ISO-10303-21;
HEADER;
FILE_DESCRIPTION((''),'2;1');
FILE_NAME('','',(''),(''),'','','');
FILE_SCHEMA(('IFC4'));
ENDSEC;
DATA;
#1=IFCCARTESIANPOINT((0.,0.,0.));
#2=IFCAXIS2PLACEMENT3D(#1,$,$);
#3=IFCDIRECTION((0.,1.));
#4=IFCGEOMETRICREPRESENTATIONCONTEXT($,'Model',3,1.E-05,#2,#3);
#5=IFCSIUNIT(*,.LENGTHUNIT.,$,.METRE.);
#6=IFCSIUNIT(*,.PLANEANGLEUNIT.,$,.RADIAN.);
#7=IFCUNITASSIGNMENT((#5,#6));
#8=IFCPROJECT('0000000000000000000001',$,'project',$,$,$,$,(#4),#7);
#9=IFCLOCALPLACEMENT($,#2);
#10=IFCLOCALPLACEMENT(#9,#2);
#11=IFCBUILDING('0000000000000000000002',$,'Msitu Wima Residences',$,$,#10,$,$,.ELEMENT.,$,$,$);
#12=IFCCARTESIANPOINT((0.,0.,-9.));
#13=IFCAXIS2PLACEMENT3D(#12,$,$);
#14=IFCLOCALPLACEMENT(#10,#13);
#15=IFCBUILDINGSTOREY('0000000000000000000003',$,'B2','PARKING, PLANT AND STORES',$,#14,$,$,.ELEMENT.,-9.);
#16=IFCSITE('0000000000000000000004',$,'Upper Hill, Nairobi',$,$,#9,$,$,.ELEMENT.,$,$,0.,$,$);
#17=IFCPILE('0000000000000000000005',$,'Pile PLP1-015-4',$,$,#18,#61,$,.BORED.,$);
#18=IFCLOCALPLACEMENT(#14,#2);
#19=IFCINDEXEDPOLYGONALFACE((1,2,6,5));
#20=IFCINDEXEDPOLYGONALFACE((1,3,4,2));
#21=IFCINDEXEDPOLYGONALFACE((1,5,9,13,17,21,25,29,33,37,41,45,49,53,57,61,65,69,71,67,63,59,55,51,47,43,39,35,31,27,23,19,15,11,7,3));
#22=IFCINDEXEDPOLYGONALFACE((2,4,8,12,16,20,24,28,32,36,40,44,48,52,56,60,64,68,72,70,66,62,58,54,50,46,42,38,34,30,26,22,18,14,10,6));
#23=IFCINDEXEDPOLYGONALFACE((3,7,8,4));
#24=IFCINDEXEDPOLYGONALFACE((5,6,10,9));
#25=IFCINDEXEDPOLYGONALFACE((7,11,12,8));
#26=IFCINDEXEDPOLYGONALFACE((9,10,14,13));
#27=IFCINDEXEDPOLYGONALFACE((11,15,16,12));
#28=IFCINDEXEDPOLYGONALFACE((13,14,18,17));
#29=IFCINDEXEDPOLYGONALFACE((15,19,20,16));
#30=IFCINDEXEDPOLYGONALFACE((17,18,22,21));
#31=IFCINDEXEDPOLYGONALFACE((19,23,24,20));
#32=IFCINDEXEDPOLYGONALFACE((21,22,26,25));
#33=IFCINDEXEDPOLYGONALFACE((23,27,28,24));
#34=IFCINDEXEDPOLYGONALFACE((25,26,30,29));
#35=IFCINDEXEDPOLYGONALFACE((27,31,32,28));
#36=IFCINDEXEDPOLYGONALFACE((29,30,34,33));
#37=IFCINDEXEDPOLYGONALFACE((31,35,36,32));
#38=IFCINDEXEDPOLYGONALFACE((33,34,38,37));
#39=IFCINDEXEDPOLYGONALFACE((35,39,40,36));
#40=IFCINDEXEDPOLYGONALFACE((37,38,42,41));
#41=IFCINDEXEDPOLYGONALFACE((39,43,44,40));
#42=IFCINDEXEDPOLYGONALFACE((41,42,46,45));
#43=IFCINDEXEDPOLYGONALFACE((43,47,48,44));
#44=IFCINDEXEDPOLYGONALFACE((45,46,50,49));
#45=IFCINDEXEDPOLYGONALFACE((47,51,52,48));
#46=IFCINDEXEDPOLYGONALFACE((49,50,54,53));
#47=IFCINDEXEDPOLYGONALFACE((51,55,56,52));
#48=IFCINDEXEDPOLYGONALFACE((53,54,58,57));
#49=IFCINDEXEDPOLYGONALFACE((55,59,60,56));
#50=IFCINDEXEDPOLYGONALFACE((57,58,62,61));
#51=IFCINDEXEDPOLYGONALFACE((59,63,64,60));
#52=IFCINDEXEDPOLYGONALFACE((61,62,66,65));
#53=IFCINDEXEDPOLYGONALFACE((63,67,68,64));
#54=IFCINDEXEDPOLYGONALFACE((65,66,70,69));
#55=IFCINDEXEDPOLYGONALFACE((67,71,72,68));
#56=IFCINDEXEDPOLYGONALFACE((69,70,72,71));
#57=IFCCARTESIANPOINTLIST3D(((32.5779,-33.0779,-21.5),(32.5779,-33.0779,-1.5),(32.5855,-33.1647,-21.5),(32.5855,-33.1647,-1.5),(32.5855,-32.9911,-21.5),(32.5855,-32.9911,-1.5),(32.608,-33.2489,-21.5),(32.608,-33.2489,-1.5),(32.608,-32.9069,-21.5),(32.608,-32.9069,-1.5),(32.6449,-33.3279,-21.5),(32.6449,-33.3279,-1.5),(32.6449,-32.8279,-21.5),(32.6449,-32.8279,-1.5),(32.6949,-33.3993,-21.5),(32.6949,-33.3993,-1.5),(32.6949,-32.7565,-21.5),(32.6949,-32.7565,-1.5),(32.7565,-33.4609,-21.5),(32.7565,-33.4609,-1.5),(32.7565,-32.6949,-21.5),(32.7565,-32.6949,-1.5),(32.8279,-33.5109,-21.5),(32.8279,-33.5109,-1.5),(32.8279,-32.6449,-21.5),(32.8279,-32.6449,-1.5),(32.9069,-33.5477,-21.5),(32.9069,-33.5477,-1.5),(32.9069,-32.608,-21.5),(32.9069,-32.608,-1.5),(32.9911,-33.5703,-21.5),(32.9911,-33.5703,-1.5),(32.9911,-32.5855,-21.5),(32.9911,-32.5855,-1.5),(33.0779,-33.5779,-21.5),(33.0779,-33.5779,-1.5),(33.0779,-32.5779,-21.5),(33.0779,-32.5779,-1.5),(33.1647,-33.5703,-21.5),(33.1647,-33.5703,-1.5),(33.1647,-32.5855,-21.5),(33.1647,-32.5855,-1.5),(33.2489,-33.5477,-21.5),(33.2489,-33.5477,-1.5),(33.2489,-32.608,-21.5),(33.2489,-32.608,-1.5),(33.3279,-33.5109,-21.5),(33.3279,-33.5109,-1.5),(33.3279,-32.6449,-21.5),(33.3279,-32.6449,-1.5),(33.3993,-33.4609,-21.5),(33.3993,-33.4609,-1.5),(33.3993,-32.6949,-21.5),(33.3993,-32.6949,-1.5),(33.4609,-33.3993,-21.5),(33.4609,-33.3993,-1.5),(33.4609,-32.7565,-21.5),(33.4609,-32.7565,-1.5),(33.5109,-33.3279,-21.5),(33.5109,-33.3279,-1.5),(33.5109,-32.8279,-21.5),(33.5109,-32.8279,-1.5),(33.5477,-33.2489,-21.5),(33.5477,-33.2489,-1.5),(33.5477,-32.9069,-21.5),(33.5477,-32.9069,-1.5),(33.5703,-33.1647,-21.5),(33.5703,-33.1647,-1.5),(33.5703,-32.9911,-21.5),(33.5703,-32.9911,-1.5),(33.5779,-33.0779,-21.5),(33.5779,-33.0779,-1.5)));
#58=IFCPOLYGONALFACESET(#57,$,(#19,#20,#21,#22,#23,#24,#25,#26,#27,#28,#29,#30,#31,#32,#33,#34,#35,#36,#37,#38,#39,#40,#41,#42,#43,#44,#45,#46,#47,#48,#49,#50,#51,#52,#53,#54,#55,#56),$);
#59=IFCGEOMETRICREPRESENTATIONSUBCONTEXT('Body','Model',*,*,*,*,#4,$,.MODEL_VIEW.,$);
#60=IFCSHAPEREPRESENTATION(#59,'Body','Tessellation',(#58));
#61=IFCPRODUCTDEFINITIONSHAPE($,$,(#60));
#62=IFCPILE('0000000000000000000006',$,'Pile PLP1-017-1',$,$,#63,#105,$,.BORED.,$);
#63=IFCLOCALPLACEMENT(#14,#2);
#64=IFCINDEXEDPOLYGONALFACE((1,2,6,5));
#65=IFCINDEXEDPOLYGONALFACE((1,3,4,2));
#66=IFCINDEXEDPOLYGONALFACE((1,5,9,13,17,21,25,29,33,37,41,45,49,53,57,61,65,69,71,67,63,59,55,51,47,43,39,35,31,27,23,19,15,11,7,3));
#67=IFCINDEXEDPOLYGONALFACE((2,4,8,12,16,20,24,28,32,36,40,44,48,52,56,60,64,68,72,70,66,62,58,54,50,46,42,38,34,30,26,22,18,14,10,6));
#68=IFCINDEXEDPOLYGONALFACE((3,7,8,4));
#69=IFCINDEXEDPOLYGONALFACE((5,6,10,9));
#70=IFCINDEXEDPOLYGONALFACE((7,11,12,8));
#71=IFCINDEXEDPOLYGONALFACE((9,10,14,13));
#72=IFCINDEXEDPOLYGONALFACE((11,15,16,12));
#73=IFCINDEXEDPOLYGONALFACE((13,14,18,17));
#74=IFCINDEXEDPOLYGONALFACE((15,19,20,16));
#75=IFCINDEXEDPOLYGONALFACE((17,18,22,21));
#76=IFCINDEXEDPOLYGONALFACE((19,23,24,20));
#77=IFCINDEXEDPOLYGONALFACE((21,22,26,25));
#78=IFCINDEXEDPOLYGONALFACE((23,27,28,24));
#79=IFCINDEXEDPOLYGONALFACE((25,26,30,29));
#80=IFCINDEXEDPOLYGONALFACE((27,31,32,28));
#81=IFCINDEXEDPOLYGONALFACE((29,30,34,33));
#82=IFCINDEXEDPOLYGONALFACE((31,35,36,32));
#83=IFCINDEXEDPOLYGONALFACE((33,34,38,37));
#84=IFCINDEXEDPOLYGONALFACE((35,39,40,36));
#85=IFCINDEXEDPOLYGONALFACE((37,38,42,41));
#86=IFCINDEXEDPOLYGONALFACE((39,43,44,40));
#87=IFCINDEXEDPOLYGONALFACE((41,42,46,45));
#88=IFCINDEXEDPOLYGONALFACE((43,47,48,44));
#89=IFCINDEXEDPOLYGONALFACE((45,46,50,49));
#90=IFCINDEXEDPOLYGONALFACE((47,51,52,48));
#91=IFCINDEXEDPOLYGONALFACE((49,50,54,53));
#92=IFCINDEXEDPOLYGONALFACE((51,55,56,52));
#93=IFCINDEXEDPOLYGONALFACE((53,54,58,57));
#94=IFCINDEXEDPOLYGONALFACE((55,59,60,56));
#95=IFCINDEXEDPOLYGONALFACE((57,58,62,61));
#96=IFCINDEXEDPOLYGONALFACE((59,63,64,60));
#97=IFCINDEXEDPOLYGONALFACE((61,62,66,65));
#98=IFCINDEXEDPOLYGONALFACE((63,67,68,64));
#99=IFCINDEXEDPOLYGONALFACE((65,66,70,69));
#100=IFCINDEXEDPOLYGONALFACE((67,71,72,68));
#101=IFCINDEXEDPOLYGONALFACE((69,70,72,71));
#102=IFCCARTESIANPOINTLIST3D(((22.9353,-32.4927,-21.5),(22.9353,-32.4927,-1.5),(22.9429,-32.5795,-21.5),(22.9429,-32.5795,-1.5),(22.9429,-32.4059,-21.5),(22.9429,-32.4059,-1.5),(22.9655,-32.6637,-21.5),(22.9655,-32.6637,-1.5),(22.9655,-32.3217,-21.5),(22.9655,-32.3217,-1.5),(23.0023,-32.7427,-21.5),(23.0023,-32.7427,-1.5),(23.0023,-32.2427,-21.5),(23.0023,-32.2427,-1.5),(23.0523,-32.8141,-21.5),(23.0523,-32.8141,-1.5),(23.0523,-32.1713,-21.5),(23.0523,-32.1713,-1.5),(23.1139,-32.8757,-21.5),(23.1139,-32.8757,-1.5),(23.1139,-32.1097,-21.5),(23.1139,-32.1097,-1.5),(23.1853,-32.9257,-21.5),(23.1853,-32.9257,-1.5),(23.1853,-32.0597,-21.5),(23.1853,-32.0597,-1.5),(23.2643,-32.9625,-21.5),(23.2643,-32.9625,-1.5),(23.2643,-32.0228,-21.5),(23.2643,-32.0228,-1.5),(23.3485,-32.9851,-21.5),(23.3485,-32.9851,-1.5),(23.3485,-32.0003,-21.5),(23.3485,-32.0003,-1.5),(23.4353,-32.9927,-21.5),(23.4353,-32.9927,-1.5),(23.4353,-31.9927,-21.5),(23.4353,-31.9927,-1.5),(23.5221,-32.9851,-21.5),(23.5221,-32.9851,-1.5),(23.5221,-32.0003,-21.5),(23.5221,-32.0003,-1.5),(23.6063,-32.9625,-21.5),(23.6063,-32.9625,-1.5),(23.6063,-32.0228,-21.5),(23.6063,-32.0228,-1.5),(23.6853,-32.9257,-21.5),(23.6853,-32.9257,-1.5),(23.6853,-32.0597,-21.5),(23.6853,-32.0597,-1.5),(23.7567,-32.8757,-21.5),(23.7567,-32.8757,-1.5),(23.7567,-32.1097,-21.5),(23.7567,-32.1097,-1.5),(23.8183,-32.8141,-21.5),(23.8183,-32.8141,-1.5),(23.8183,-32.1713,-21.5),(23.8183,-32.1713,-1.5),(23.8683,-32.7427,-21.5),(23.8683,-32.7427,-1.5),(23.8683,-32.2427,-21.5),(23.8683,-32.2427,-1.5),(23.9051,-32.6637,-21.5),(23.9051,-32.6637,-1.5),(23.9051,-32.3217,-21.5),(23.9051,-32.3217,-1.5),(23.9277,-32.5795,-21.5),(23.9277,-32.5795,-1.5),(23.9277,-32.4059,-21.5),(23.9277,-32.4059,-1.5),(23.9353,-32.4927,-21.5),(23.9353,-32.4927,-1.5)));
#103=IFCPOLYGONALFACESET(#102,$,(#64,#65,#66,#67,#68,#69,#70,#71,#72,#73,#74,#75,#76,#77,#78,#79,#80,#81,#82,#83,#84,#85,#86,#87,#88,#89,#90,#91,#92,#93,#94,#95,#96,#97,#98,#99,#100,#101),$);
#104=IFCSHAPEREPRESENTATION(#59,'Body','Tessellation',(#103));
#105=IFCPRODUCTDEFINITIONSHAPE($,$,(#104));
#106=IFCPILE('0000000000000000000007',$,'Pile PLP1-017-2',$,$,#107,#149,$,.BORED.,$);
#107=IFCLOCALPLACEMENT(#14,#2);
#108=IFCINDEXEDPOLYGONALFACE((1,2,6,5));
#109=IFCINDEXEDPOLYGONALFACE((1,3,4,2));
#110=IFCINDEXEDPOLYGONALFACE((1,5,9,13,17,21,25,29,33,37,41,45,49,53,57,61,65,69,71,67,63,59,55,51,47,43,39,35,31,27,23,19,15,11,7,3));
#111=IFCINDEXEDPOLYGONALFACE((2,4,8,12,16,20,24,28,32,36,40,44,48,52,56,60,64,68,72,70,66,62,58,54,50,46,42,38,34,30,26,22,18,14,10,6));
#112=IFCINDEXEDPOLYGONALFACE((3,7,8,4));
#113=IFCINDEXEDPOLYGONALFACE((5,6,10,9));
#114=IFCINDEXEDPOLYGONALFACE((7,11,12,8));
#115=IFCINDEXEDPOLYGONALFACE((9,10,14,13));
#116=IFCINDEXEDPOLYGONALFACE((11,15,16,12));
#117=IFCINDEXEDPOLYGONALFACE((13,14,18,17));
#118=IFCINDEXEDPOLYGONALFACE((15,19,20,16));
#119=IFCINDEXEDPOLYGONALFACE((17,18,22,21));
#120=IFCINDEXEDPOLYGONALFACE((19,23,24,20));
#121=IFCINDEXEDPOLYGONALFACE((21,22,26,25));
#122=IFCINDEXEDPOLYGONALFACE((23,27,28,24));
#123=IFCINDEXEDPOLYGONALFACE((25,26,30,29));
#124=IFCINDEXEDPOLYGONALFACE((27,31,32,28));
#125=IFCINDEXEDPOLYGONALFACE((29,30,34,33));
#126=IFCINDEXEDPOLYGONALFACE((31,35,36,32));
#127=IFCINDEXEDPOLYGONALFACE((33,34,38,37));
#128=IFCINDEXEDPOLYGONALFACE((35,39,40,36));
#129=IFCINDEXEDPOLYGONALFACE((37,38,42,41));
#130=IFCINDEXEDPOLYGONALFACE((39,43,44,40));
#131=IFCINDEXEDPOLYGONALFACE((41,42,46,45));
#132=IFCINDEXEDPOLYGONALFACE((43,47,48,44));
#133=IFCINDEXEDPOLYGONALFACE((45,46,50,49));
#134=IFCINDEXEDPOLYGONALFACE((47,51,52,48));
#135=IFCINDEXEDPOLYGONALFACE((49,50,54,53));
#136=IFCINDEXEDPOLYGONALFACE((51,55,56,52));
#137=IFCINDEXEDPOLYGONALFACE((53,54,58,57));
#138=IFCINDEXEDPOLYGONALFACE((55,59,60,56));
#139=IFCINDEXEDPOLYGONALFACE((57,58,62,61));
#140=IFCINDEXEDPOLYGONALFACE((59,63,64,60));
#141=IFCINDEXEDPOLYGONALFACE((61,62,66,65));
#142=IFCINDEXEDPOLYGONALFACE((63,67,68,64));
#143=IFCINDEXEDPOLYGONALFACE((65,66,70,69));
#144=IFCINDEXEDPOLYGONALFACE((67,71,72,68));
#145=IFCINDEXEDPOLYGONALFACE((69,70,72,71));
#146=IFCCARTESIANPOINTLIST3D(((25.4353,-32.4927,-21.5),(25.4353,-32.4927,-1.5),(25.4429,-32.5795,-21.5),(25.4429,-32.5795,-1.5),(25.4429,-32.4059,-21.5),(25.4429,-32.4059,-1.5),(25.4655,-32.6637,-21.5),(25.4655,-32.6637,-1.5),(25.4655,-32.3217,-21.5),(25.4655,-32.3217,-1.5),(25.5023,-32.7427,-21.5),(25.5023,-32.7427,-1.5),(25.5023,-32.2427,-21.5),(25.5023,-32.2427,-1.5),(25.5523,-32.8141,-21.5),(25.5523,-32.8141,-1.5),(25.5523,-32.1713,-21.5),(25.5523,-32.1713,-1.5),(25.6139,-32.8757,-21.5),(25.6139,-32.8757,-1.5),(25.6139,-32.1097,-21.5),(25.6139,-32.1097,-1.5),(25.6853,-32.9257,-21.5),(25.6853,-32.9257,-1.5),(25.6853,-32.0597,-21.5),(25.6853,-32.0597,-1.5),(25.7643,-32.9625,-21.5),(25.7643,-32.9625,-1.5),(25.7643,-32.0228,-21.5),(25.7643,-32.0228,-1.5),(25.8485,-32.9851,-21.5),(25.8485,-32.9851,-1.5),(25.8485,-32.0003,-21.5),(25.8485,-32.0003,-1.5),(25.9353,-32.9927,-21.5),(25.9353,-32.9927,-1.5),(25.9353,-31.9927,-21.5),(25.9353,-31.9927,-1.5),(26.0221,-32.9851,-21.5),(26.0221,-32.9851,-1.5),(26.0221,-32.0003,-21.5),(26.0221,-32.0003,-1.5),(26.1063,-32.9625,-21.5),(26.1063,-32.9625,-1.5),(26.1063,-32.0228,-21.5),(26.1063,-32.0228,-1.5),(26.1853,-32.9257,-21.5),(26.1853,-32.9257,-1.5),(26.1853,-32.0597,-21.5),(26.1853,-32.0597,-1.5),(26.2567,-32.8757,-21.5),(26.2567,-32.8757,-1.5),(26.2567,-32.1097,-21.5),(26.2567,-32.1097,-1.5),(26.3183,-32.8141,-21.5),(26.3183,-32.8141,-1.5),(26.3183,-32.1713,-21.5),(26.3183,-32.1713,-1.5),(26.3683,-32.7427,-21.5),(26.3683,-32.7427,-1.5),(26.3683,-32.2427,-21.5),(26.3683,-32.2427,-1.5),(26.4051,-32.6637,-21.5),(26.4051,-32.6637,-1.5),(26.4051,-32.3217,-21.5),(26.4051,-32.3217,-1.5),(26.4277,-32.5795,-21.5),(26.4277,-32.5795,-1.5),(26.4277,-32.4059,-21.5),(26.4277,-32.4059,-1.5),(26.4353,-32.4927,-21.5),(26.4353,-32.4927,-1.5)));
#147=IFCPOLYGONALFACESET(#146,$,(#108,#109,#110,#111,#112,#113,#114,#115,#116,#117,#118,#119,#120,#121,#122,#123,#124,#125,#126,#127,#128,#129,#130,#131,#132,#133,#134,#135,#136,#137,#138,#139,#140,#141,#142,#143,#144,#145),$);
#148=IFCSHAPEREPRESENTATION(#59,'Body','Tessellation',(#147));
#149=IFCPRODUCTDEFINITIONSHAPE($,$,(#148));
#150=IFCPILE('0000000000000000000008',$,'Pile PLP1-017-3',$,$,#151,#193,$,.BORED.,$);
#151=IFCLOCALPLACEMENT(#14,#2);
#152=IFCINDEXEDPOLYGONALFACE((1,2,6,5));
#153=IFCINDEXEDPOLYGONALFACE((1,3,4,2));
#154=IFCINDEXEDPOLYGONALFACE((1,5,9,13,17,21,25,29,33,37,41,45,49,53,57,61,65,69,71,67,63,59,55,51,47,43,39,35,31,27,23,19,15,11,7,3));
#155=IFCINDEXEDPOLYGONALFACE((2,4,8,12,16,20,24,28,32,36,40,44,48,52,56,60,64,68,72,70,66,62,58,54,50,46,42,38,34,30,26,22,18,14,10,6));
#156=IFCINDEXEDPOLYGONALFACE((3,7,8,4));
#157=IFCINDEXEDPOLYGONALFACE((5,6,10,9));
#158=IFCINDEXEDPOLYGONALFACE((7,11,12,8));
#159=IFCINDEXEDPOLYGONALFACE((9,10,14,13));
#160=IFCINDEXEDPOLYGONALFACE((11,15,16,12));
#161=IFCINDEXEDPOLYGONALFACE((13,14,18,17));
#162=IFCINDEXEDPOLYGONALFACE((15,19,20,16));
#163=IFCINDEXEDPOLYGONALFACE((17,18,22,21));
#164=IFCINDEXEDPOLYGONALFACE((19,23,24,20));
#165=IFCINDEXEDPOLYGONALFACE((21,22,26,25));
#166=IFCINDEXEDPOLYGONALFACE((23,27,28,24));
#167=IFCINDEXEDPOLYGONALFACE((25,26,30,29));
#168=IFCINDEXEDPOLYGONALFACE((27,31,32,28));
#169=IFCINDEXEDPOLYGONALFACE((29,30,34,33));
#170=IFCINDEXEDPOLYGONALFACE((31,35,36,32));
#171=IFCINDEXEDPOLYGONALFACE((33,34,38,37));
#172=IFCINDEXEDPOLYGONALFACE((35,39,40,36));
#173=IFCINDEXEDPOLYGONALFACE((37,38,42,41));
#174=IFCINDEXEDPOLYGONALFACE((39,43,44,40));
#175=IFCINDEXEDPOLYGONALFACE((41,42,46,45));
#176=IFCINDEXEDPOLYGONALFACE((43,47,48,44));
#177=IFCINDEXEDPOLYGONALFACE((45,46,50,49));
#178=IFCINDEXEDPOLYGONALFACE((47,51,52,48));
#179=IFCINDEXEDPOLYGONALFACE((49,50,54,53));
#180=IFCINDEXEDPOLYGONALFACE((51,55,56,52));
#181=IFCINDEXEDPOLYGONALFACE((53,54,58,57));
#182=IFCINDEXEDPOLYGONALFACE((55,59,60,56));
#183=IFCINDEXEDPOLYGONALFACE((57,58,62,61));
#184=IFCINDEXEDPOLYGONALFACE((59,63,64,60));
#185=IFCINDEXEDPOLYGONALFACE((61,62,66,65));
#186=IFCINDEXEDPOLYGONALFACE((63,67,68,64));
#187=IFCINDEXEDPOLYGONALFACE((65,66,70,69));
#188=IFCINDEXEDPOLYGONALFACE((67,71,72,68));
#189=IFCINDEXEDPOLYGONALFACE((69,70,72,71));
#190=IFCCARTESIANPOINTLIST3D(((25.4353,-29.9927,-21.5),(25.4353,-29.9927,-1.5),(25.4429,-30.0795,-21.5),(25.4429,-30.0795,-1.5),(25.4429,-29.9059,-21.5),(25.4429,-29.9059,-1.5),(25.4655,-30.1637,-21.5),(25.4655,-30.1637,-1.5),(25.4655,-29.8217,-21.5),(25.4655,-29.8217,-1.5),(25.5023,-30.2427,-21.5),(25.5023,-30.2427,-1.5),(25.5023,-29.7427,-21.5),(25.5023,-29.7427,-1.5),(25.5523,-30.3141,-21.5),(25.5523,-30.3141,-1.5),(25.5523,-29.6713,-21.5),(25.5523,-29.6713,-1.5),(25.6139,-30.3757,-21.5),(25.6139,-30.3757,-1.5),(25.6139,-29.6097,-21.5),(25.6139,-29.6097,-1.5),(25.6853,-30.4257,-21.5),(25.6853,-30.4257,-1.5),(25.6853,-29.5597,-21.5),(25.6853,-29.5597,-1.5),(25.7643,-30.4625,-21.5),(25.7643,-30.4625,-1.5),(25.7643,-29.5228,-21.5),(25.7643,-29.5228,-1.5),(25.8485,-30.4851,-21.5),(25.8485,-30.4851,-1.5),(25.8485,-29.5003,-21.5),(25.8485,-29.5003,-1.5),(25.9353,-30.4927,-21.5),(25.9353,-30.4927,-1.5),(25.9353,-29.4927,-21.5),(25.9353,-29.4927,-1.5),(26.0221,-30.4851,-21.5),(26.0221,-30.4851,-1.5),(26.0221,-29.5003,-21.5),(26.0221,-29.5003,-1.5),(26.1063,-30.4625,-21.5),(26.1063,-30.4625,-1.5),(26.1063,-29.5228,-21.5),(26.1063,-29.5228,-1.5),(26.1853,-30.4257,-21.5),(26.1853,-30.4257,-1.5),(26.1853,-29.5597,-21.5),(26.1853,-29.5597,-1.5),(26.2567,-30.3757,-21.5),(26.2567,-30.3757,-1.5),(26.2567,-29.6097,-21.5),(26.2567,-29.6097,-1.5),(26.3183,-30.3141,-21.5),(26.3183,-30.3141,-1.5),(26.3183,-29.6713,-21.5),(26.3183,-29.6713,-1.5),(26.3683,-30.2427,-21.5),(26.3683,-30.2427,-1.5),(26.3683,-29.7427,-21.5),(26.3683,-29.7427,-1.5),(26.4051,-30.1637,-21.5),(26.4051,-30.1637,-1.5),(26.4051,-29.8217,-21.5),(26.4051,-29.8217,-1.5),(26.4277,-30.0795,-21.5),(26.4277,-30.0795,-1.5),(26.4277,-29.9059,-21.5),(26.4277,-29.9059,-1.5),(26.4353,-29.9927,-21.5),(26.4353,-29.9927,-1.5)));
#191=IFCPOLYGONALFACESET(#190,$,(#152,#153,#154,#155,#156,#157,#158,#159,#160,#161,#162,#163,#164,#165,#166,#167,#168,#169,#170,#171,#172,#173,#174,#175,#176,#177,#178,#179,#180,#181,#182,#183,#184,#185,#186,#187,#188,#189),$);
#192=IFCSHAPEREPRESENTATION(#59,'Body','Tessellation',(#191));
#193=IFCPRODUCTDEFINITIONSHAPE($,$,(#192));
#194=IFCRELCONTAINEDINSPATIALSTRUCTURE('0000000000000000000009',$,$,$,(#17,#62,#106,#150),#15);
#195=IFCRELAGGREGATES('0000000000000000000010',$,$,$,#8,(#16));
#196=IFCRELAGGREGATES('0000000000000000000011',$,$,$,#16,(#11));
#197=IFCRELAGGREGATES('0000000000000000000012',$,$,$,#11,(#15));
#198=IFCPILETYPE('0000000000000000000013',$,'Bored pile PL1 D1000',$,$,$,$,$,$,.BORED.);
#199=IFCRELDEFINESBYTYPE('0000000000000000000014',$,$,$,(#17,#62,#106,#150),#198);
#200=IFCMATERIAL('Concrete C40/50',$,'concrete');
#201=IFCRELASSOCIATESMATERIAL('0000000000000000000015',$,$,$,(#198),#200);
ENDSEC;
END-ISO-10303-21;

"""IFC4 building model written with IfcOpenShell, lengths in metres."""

from ifc_helpers import new_model, si_unit, direction, frame, origin, origin_2d, place, context, subcontext, project, spatial, circle, extrude, material, type_object, element, save


model = new_model("IFC4")

# Units and contexts
model_context = context("Model", 3, precision=1e-05, world=origin(), true_north=direction((0.0, 1.0)))
body_context = subcontext(model_context, "Body", "Model", "MODEL_VIEW")
ifc_project = project(units=[si_unit("LENGTHUNIT", "METRE"), si_unit("PLANEANGLEUNIT", "RADIAN")], contexts=[model_context])

# Site, building, storey
site_placement = place(None, origin())
site = spatial("IfcSite", under=ifc_project, at=site_placement, Name="Upper Hill, Nairobi", CompositionType="ELEMENT", RefElevation=0.0)
building_placement = place(site_placement, origin())
building = spatial("IfcBuilding", under=site, at=building_placement, Name="Msitu Wima Residences", CompositionType="ELEMENT")
storey_placement = place(building_placement, frame((0.0, 0.0, -9.0)))
storey = spatial("IfcBuildingStorey", under=building, at=storey_placement, Name="B2", Description="PARKING, PLANT AND STORES", CompositionType="ELEMENT", Elevation=-9.0)

# Piles
ifc_material_1 = material(Name="Concrete C40/50", Category="concrete")
pile_type = type_object("IfcPileType", Name="Bored pile PL1 D1000", PredefinedType="BORED", material=ifc_material_1)
for number, where, z_axis, x_axis, name in (
    (1, (33.0779, -33.0779, -1.5), (0.0, 0.0, -1.0), (1.0, 0.0, 0.0), "Pile PLP1-015-4"),
    (2, (23.4353, -32.4927, -1.5), (0.0, 0.0, -1.0), (1.0, 0.0, 0.0), "Pile PLP1-017-1"),
    (3, (25.9353, -32.4927, -1.5), (0.0, 0.0, -1.0), (1.0, 0.0, 0.0), "Pile PLP1-017-2"),
    (4, (25.9353, -29.9927, -1.5), (0.0, 0.0, -1.0), (1.0, 0.0, 0.0), "Pile PLP1-017-3"),
):
    element("IfcPile", number, at=place(storey_placement, frame(where, z_axis=z_axis, x_axis=x_axis)), inside=storey, type_object=pile_type, Name=name, PredefinedType="BORED", context=body_context, shape_type="SweptSolid", body=[
        extrude(circle(Radius=0.5, at=origin_2d()), origin(), (0.0, 0.0, 1.0), 20.0),
    ])

save(model, "model.ifc")
